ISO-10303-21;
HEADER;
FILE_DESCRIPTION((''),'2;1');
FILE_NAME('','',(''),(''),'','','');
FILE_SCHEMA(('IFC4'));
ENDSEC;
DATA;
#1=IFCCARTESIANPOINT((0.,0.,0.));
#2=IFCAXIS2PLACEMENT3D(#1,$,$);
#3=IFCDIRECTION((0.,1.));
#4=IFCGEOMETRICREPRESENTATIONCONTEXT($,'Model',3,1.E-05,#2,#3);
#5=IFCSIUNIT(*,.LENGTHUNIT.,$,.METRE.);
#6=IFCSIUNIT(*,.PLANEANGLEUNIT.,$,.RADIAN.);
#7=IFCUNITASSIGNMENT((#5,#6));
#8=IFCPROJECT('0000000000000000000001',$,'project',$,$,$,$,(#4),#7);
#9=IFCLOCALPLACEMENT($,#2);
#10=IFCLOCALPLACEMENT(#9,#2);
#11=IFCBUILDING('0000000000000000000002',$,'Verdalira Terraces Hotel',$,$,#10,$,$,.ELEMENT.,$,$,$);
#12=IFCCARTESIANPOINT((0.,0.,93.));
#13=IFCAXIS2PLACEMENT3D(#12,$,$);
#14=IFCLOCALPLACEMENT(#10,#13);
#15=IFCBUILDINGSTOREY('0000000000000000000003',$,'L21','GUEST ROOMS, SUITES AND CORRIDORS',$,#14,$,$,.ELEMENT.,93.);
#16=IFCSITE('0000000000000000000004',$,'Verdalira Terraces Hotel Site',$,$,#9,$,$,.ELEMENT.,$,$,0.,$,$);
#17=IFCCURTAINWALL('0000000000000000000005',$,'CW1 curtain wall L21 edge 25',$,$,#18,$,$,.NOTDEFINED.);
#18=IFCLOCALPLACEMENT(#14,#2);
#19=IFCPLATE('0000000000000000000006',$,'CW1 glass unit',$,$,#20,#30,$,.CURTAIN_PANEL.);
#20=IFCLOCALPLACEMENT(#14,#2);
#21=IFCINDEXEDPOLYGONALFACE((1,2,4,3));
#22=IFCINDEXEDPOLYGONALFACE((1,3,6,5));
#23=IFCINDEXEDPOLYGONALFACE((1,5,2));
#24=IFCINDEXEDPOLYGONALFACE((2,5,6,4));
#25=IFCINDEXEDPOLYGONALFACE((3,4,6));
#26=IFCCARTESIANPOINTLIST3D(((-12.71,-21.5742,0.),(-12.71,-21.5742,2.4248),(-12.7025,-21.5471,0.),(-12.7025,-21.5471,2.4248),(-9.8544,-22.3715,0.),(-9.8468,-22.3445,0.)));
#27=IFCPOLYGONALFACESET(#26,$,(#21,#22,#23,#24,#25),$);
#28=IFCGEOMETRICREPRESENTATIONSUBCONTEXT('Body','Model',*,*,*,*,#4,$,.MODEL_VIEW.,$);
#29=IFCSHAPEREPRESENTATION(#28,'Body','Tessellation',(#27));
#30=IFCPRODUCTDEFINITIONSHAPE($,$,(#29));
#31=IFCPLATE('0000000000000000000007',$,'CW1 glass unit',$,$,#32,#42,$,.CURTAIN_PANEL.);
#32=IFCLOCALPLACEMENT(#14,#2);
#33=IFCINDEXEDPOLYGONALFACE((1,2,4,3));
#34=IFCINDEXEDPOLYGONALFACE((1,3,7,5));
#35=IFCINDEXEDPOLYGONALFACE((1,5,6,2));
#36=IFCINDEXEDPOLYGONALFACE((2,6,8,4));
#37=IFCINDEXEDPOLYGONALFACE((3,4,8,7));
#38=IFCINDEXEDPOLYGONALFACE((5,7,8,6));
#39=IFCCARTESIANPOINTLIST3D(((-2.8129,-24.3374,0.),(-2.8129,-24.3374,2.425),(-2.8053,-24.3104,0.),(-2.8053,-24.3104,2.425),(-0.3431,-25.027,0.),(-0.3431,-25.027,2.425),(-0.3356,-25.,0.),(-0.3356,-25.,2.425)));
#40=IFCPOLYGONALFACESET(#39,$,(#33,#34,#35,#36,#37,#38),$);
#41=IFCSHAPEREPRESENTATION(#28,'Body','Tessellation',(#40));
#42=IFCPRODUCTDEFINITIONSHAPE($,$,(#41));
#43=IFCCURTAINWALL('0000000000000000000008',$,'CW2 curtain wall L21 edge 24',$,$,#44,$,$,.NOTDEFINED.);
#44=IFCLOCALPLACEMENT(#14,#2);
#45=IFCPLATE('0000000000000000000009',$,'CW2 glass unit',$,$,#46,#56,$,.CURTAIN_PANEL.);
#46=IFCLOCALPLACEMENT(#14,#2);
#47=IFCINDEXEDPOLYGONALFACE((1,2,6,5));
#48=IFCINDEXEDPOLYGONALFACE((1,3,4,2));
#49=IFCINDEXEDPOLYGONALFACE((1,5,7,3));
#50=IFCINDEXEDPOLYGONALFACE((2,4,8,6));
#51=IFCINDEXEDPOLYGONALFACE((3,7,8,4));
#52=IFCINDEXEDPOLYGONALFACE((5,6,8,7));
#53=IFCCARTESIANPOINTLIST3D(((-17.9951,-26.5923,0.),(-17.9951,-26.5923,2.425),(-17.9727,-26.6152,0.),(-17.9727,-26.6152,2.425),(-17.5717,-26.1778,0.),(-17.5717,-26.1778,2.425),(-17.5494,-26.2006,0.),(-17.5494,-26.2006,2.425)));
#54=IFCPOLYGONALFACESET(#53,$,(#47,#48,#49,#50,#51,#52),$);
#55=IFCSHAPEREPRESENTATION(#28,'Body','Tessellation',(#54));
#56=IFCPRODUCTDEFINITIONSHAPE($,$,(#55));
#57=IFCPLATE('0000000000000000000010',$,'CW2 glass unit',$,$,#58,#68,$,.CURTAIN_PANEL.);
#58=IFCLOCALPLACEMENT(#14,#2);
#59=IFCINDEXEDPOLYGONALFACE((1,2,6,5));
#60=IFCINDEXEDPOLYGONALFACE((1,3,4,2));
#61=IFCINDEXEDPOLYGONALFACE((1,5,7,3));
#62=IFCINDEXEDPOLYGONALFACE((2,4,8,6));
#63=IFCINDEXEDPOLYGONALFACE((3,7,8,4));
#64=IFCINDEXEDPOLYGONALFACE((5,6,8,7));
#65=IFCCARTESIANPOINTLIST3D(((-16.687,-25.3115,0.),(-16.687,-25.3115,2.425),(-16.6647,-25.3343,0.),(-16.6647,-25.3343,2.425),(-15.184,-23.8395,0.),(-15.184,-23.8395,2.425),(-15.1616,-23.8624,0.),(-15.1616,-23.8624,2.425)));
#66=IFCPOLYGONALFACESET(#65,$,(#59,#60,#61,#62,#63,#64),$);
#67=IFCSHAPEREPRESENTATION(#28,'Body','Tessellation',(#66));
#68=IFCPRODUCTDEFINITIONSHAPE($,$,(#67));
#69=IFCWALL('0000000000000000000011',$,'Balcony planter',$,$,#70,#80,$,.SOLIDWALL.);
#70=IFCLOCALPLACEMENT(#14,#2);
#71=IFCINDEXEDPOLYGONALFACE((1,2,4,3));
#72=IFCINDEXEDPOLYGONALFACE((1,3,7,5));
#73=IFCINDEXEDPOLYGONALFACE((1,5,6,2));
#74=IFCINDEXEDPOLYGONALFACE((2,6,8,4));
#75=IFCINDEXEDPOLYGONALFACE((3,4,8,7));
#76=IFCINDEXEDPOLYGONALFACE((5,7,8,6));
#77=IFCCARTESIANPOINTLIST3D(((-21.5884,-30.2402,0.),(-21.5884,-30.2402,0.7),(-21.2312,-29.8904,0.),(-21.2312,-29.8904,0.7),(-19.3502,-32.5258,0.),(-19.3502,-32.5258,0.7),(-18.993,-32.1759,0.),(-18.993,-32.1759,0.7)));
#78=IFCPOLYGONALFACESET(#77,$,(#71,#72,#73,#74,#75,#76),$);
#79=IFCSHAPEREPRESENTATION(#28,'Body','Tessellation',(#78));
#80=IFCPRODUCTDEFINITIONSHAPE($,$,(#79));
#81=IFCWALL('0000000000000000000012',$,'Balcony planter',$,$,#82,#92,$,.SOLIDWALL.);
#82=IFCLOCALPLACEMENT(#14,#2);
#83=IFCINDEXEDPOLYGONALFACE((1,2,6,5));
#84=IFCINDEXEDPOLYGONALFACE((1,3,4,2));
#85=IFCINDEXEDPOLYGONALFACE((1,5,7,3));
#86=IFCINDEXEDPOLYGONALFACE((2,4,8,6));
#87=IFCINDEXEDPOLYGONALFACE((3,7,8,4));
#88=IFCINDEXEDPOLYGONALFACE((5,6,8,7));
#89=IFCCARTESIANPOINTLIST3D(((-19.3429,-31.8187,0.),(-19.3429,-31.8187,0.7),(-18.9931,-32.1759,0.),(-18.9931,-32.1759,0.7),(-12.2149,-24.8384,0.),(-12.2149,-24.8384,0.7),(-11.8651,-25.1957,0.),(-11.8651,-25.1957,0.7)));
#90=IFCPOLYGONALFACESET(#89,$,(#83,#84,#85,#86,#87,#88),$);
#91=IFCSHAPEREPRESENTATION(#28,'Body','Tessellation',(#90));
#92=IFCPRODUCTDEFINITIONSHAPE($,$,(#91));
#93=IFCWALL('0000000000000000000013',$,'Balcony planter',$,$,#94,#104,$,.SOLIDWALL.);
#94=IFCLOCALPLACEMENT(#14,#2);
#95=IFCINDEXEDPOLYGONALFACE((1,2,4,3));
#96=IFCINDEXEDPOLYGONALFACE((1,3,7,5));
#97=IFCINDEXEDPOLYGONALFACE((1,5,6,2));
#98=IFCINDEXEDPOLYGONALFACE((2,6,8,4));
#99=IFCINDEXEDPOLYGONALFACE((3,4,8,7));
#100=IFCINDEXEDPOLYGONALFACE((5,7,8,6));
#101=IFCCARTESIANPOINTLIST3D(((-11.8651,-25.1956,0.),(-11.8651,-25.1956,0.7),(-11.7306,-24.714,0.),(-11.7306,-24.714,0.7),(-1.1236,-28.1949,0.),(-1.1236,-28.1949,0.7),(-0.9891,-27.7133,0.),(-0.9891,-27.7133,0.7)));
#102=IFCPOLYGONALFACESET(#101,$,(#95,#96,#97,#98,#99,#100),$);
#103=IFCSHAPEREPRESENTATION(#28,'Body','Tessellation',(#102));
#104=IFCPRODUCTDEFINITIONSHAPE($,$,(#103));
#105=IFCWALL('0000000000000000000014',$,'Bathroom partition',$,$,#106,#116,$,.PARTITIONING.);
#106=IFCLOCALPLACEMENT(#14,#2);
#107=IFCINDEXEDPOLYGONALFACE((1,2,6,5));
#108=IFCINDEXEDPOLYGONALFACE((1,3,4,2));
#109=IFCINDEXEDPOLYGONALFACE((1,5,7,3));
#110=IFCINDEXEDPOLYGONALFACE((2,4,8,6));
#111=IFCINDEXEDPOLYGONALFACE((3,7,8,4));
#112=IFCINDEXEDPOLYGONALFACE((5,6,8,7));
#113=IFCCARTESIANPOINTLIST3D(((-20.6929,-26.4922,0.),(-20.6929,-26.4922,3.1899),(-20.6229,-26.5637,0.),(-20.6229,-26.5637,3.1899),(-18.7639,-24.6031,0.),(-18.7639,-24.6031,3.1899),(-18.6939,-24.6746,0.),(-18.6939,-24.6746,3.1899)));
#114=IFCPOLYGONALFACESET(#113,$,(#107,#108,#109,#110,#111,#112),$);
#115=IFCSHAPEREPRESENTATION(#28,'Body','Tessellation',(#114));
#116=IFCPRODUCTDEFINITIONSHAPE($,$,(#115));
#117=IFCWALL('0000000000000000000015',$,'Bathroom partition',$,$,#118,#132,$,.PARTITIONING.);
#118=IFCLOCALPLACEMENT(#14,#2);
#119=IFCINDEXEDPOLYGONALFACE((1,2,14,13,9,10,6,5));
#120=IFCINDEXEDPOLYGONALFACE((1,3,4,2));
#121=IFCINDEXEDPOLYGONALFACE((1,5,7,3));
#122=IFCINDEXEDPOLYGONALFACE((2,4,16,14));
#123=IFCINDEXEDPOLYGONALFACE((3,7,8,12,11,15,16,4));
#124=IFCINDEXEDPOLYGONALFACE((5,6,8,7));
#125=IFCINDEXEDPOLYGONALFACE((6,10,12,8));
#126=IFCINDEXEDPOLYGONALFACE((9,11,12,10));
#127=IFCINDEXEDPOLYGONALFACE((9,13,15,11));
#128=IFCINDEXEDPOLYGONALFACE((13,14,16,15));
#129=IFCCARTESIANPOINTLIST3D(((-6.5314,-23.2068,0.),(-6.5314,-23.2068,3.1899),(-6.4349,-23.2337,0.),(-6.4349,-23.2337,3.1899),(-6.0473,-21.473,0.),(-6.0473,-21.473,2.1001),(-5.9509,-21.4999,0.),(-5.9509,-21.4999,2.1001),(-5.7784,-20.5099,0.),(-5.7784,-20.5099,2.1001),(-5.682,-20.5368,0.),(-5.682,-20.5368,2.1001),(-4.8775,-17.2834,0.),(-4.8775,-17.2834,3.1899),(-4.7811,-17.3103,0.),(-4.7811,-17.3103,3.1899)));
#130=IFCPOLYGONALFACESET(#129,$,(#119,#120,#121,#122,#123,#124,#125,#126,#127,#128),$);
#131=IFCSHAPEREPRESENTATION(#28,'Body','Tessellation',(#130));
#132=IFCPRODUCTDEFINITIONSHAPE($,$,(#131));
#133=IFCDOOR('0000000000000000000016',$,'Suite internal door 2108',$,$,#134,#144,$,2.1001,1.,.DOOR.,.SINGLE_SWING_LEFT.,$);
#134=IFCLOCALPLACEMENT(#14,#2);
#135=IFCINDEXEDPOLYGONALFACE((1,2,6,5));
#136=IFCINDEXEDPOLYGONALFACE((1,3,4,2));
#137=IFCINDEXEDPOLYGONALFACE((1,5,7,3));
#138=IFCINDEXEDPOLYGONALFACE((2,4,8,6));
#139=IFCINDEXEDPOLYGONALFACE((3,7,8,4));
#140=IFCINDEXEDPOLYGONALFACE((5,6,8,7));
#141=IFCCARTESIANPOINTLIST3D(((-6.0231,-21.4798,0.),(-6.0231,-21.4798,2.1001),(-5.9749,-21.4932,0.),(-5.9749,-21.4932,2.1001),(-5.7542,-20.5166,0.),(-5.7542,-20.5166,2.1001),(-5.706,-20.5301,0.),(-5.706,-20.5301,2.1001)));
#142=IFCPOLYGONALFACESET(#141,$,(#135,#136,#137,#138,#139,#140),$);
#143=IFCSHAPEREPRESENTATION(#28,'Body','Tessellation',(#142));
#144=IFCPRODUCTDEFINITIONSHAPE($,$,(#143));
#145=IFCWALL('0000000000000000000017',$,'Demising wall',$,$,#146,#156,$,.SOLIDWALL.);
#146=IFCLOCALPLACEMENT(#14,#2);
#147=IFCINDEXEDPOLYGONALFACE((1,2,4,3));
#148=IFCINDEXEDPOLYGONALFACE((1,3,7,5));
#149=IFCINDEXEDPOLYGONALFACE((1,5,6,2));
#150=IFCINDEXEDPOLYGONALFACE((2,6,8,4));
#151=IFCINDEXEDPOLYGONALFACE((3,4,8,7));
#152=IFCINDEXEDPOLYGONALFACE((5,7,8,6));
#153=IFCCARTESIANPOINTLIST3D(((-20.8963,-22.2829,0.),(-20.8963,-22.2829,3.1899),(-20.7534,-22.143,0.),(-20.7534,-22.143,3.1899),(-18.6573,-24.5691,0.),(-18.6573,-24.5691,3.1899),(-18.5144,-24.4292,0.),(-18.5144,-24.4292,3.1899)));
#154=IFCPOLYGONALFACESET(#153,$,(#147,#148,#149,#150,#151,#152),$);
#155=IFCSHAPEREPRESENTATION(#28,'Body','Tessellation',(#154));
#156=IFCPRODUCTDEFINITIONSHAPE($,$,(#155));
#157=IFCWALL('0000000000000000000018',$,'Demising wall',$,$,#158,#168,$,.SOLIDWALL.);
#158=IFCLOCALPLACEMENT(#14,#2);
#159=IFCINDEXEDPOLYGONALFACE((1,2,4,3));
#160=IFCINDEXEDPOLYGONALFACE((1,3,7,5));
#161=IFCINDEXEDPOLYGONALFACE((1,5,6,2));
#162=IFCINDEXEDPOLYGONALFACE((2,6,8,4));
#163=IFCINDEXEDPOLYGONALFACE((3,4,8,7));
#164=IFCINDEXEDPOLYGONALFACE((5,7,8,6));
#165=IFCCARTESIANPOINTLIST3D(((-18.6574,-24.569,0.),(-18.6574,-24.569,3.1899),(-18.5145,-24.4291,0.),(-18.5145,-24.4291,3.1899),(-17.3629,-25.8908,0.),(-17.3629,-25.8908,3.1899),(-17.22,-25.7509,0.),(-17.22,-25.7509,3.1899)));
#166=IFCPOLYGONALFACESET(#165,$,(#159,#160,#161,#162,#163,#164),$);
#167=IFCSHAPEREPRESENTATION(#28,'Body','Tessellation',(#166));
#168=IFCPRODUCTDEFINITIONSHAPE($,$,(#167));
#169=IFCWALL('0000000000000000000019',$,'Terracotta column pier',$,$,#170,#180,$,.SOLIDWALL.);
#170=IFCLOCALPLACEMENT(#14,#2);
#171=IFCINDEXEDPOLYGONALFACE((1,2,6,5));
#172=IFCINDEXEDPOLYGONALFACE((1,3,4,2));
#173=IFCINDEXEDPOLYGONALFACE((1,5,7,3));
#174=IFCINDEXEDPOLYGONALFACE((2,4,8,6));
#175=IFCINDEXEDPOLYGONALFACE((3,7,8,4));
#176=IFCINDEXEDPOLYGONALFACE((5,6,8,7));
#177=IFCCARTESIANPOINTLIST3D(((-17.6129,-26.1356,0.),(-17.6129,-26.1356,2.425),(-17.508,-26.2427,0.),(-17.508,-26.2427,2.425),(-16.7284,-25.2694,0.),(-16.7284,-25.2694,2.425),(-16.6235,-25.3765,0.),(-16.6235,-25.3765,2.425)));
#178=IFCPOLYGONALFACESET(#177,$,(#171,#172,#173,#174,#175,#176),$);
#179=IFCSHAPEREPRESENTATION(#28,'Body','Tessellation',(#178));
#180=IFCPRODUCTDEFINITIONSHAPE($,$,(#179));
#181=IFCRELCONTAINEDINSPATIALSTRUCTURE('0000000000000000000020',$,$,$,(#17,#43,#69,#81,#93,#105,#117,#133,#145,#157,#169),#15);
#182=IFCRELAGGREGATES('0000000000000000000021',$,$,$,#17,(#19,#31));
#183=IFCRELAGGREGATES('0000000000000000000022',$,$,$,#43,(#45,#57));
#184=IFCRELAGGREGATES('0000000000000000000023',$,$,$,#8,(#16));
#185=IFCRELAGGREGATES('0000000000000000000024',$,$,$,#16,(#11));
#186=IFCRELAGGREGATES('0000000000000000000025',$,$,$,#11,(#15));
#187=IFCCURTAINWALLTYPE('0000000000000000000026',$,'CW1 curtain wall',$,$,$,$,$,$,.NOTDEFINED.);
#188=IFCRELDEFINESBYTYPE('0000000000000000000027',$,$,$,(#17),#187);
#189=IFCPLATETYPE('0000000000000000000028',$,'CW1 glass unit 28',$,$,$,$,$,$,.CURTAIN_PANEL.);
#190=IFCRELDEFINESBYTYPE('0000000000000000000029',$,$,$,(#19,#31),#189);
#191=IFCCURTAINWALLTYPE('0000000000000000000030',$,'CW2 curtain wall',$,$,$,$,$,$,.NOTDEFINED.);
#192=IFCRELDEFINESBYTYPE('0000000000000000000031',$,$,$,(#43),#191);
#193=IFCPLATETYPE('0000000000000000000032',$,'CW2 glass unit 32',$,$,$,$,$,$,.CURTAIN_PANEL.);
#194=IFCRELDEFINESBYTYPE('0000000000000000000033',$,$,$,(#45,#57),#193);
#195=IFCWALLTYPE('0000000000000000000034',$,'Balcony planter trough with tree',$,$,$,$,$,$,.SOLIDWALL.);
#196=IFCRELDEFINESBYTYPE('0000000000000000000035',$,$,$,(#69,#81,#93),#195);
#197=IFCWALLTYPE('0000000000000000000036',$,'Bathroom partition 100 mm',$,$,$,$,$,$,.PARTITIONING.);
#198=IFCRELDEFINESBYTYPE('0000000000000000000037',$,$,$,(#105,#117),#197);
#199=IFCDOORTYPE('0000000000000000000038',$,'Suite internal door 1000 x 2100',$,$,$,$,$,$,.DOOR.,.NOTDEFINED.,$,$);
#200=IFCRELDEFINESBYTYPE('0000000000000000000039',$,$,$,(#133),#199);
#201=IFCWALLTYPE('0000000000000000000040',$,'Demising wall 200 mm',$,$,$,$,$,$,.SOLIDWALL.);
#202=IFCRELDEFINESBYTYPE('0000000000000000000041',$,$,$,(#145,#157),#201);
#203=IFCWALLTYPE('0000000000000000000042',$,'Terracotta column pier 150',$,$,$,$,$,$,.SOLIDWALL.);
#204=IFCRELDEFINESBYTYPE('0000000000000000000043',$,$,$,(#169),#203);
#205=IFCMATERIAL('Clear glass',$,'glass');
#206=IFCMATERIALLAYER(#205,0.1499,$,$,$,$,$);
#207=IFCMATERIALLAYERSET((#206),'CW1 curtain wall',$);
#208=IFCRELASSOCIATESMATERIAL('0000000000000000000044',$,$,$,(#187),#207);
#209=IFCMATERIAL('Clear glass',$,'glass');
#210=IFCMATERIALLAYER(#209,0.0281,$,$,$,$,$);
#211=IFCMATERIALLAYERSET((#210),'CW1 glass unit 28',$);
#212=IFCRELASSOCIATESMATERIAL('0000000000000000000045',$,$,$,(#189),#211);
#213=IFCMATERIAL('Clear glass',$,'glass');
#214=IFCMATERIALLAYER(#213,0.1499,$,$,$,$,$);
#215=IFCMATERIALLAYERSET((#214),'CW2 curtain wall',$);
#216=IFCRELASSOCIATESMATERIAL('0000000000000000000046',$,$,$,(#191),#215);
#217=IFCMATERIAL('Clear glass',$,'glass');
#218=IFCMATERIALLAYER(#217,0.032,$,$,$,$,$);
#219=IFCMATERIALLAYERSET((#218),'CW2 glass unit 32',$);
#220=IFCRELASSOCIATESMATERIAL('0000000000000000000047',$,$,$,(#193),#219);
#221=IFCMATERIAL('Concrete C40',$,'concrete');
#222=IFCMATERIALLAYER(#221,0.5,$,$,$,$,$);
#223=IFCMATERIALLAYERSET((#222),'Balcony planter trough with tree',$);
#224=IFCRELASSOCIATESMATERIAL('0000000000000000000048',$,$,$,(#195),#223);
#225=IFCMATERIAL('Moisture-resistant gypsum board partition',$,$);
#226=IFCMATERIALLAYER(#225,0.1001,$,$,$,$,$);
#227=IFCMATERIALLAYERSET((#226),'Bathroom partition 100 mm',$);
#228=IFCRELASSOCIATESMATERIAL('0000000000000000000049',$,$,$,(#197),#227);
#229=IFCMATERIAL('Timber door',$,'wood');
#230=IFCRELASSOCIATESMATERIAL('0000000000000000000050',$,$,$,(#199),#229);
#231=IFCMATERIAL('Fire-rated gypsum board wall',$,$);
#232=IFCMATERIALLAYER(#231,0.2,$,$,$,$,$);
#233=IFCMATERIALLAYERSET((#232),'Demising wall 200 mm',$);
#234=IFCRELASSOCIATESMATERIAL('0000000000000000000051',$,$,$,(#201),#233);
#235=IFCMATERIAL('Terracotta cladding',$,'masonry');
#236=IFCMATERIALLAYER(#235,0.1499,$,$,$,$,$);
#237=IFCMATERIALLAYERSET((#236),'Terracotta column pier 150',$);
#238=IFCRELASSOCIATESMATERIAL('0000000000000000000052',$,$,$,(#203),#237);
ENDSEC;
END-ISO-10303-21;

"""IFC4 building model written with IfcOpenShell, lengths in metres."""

from ifc_helpers import new_model, si_unit, direction, frame, frame_2d, origin, origin_2d, place, context, subcontext, project, spatial, polyline, rectangle, outline, extrude, material, layer, layer_set, type_object, element, fill, aggregate, save


model = new_model("IFC4")

# Units and contexts
model_context = context("Model", 3, precision=1e-05, world=origin(), true_north=direction((0.0, 1.0)))
body_context = subcontext(model_context, "Body", "Model", "MODEL_VIEW")
ifc_project = project(units=[si_unit("LENGTHUNIT", "METRE"), si_unit("PLANEANGLEUNIT", "RADIAN")], contexts=[model_context])

# Site, building, storey
site_placement = place(None, origin())
site = spatial("IfcSite", under=ifc_project, at=site_placement, Name="Verdalira Terraces Hotel Site", CompositionType="ELEMENT", RefElevation=0.0)
building_placement = place(site_placement, origin())
building = spatial("IfcBuilding", under=site, at=building_placement, Name="Verdalira Terraces Hotel", CompositionType="ELEMENT")
storey_placement = place(building_placement, frame((0.0, 0.0, 93.0)))
storey = spatial("IfcBuildingStorey", under=building, at=storey_placement, Name="L21", Description="GUEST ROOMS, SUITES AND CORRIDORS", CompositionType="ELEMENT", Elevation=93.0)

# Curtain walls, plates
ifc_material_1 = material(Name="Clear glass", Category="glass")
ifc_layer_1 = layer(ifc_material_1, 0.1499)
ifc_layer_set_1 = layer_set([ifc_layer_1], Name="CW1 curtain wall")
curtain_wall_type_1 = type_object("IfcCurtainWallType", Name="CW1 curtain wall", PredefinedType="NOTDEFINED", material=ifc_layer_set_1)
curtain_wall_1_placement = place(storey_placement, origin())
curtain_wall_1 = element("IfcCurtainWall", 1, at=curtain_wall_1_placement, inside=storey, type_object=curtain_wall_type_1, Name="CW1 curtain wall L21 edge 25", PredefinedType="NOTDEFINED")
ifc_material_2 = material(Name="Clear glass", Category="glass")
ifc_layer_2 = layer(ifc_material_2, 0.0281)
ifc_layer_set_2 = layer_set([ifc_layer_2], Name="CW1 glass unit 28")
plate_type_1 = type_object("IfcPlateType", Name="CW1 glass unit 28", PredefinedType="CURTAIN_PANEL", material=ifc_layer_set_2)
plate_1_placement = place(storey_placement, frame((-11.2747, -21.9458, 1.2124), z_axis=(-0.26892, -0.963163, 0.0), x_axis=(0.963163, -0.26892, 0.0)))
plate_1 = element("IfcPlate", 2, at=plate_1_placement, type_object=plate_type_1, Name="CW1 glass unit", PredefinedType="CURTAIN_PANEL", context=body_context, shape_type="SweptSolid", body=[
    extrude(outline(polyline([(-1.4824, -1.2124), (1.4824, -1.2124), (-1.4824, 1.2124), (-1.4824, -1.2124)])), origin(), (0.0, 0.0, 1.0), 0.0281),
])
plate_2_placement = place(storey_placement, frame((-1.5742, -24.6687, 0.0), z_axis=(0.0, 0.0, 1.0), x_axis=(0.963163, -0.26892, 0.0)))
plate_2 = element("IfcPlate", 3, at=plate_2_placement, type_object=plate_type_1, Name="CW1 glass unit", PredefinedType="CURTAIN_PANEL", context=body_context, shape_type="SweptSolid", body=[
    extrude(rectangle(XDim=2.5642, YDim=0.0281, at=origin_2d()), origin(), (0.0, 0.0, 1.0), 2.425),
])
aggregate(curtain_wall_1, [plate_1, plate_2])
ifc_material_3 = material(Name="Clear glass", Category="glass")
ifc_layer_3 = layer(ifc_material_3, 0.1499)
ifc_layer_set_3 = layer_set([ifc_layer_3], Name="CW2 curtain wall")
curtain_wall_type_2 = type_object("IfcCurtainWallType", Name="CW2 curtain wall", PredefinedType="NOTDEFINED", material=ifc_layer_set_3)
curtain_wall_2_placement = place(storey_placement, origin())
curtain_wall_2 = element("IfcCurtainWall", 4, at=curtain_wall_2_placement, inside=storey, type_object=curtain_wall_type_2, Name="CW2 curtain wall L21 edge 24", PredefinedType="NOTDEFINED")
ifc_material_4 = material(Name="Clear glass", Category="glass")
ifc_layer_4 = layer(ifc_material_4, 0.032)
ifc_layer_set_4 = layer_set([ifc_layer_4], Name="CW2 glass unit 32")
plate_type_2 = type_object("IfcPlateType", Name="CW2 glass unit 32", PredefinedType="CURTAIN_PANEL", material=ifc_layer_set_4)
plate_3_placement = place(storey_placement, frame((-17.7722, -26.3965, 0.0), z_axis=(0.0, 0.0, 1.0), x_axis=(0.714473, 0.699663, 0.0)))
plate_3 = element("IfcPlate", 5, at=plate_3_placement, type_object=plate_type_2, Name="CW2 glass unit", PredefinedType="CURTAIN_PANEL", context=body_context, shape_type="SweptSolid", body=[
    extrude(rectangle(XDim=0.5925, YDim=0.032, at=origin_2d()), origin(), (0.0, 0.0, 1.0), 2.425),
])
plate_4_placement = place(storey_placement, frame((-15.9243, -24.5869, 0.0), z_axis=(0.0, 0.0, 1.0), x_axis=(0.714473, 0.699663, 0.0)))
plate_4 = element("IfcPlate", 6, at=plate_4_placement, type_object=plate_type_2, Name="CW2 glass unit", PredefinedType="CURTAIN_PANEL", context=body_context, shape_type="SweptSolid", body=[
    extrude(rectangle(XDim=2.1038, YDim=0.032, at=origin_2d()), origin(), (0.0, 0.0, 1.0), 2.425),
])
aggregate(curtain_wall_2, [plate_3, plate_4])

# Walls
ifc_material_5 = material(Name="Concrete C40", Category="concrete")
ifc_layer_5 = layer(ifc_material_5, 0.5)
ifc_layer_set_5 = layer_set([ifc_layer_5], Name="Balcony planter trough with tree")
wall_type_1 = type_object("IfcWallType", Name="Balcony planter trough with tree", PredefinedType="SOLIDWALL", material=ifc_layer_set_5)
wall_1_placement = place(storey_placement, frame((-21.4099, -30.0652, 0.0), z_axis=(0.0, 0.0, 1.0), x_axis=(0.699665, -0.714471, 0.0)))
element("IfcWall", 7, at=wall_1_placement, inside=storey, type_object=wall_type_1, Name="Balcony planter", PredefinedType="SOLIDWALL", context=body_context, shape_type="SweptSolid", body=[
    extrude(rectangle(XDim=3.199, YDim=0.5, at=frame_2d((1.5996, 0.0))), origin(), (0.0, 0.0, 1.0), 0.7),
])
wall_2_placement = place(storey_placement, frame((-19.168, -31.9973, 0.0), z_axis=(0.0, 0.0, 1.0), x_axis=(0.714471, 0.699665, 0.0)))
element("IfcWall", 8, at=wall_2_placement, inside=storey, type_object=wall_type_1, Name="Balcony planter", PredefinedType="SOLIDWALL", context=body_context, shape_type="SweptSolid", body=[
    extrude(rectangle(XDim=9.9766, YDim=0.5, at=frame_2d((4.9883, 0.0))), origin(), (0.0, 0.0, 1.0), 0.7),
])
wall_3_placement = place(storey_placement, frame((-11.7979, -24.9548, 0.0), z_axis=(0.0, 0.0, 1.0), x_axis=(0.963158, -0.268936, 0.0)))
element("IfcWall", 9, at=wall_3_placement, inside=storey, type_object=wall_type_1, Name="Balcony planter", PredefinedType="SOLIDWALL", context=body_context, shape_type="SweptSolid", body=[
    extrude(rectangle(XDim=11.1523, YDim=0.5, at=frame_2d((5.5762, 0.0))), origin(), (0.0, 0.0, 1.0), 0.7),
])
ifc_material_6 = material(Name="Moisture-resistant gypsum board partition")
ifc_layer_6 = layer(ifc_material_6, 0.1001)
ifc_layer_set_6 = layer_set([ifc_layer_6], Name="Bathroom partition 100 mm")
wall_type_2 = type_object("IfcWallType", Name="Bathroom partition 100 mm", PredefinedType="PARTITIONING", material=ifc_layer_set_6)
wall_4_placement = place(storey_placement, frame((-20.658, -26.5281, 0.0), z_axis=(0.0, 0.0, 1.0), x_axis=(0.714438, 0.699699, 0.0)))
element("IfcWall", 10, at=wall_4_placement, inside=storey, type_object=wall_type_2, Name="Bathroom partition", PredefinedType="PARTITIONING", context=body_context, shape_type="SweptSolid", body=[
    extrude(rectangle(XDim=2.7, YDim=0.1001, at=frame_2d((1.3501, 0.0))), origin(), (0.0, 0.0, 1.0), 3.1899),
])

# Wall, opening, door
wall_5_placement = place(storey_placement, frame((-6.4832, -23.2202, 0.0), z_axis=(0.0, 0.0, 1.0), x_axis=(0.268917, 0.963163, 0.0)))
wall_5 = element("IfcWall", 11, at=wall_5_placement, inside=storey, type_object=wall_type_2, Name="Bathroom partition", PredefinedType="PARTITIONING", context=body_context, shape_type="SweptSolid", body=[
    extrude(rectangle(XDim=6.1499, YDim=0.1001, at=frame_2d((3.075, 0.0))), origin(), (0.0, 0.0, 1.0), 3.1899),
])
opening_1_placement = place(wall_5_placement, frame((1.8, 0.0, 0.0)))
opening_1 = element("IfcOpeningElement", 12, at=opening_1_placement, cuts=wall_5, PredefinedType="OPENING", context=body_context, shape_type="SweptSolid", body=[
    extrude(rectangle(XDim=1.0, YDim=2.1001, at=frame_2d((0.5, 1.05))), frame((0.0, 0.0601, 0.0), z_axis=(0.0, -1.0, 0.0), x_axis=(1.0, 0.0, 0.0)), (0.0, 0.0, 1.0), 0.1201),
])
ifc_material_7 = material(Name="Timber door", Category="wood")
door_type_1 = type_object("IfcDoorType", Name="Suite internal door 1000 x 2100", OperationType="NOTDEFINED", PredefinedType="DOOR", material=ifc_material_7)
door_1_placement = place(opening_1_placement, origin())
door_1 = element("IfcDoor", 13, at=door_1_placement, inside=storey, type_object=door_type_1, Name="Suite internal door 2108", OperationType="SINGLE_SWING_LEFT", OverallHeight=2.1001, OverallWidth=1.0, PredefinedType="DOOR", context=body_context, shape_type="SweptSolid", body=[
    extrude(rectangle(XDim=1.0, YDim=2.1001, at=frame_2d((0.5, 1.05))), frame((0.0, 0.0249, 0.0), z_axis=(0.0, -1.0, 0.0), x_axis=(1.0, 0.0, 0.0)), (0.0, 0.0, 1.0), 0.05),
])
fill(opening_1, door_1)

# Walls
ifc_material_8 = material(Name="Fire-rated gypsum board wall")
ifc_layer_7 = layer(ifc_material_8, 0.2)
ifc_layer_set_7 = layer_set([ifc_layer_7], Name="Demising wall 200 mm")
wall_type_3 = type_object("IfcWallType", Name="Demising wall 200 mm", PredefinedType="SOLIDWALL", material=ifc_layer_set_7)
wall_6_placement = place(storey_placement, frame((-20.825, -22.2129, 0.0), z_axis=(0.0, 0.0, 1.0), x_axis=(0.699706, -0.714431, 0.0)))
element("IfcWall", 14, at=wall_6_placement, inside=storey, type_object=wall_type_3, Name="Demising wall", PredefinedType="SOLIDWALL", context=body_context, shape_type="SweptSolid", body=[
    extrude(rectangle(XDim=3.2, YDim=0.2, at=frame_2d((1.6001, 0.0))), origin(), (0.0, 0.0, 1.0), 3.1899),
])
wall_7_placement = place(storey_placement, frame((-18.5859, -24.499, 0.0), z_axis=(0.0, 0.0, 1.0), x_axis=(0.699678, -0.714458, 0.0)))
element("IfcWall", 15, at=wall_7_placement, inside=storey, type_object=wall_type_3, Name="Demising wall", PredefinedType="SOLIDWALL", context=body_context, shape_type="SweptSolid", body=[
    extrude(rectangle(XDim=1.8501, YDim=0.2, at=frame_2d((0.925, 0.0))), origin(), (0.0, 0.0, 1.0), 3.1899),
])
ifc_material_9 = material(Name="Terracotta cladding", Category="masonry")
ifc_layer_8 = layer(ifc_material_9, 0.1499)
ifc_layer_set_8 = layer_set([ifc_layer_8], Name="Terracotta column pier 150")
wall_type_4 = type_object("IfcWallType", Name="Terracotta column pier 150", PredefinedType="SOLIDWALL", material=ifc_layer_set_8)
wall_8_placement = place(storey_placement, frame((-17.5605, -26.1892, 0.0), z_axis=(0.0, 0.0, 1.0), x_axis=(0.714463, 0.699673, 0.0)))
element("IfcWall", 16, at=wall_8_placement, inside=storey, type_object=wall_type_4, Name="Terracotta column pier", PredefinedType="SOLIDWALL", context=body_context, shape_type="SweptSolid", body=[
    extrude(rectangle(XDim=1.238, YDim=0.1499, at=frame_2d((0.6191, 0.0))), origin(), (0.0, 0.0, 1.0), 2.425),
])

save(model, "model.ifc")
